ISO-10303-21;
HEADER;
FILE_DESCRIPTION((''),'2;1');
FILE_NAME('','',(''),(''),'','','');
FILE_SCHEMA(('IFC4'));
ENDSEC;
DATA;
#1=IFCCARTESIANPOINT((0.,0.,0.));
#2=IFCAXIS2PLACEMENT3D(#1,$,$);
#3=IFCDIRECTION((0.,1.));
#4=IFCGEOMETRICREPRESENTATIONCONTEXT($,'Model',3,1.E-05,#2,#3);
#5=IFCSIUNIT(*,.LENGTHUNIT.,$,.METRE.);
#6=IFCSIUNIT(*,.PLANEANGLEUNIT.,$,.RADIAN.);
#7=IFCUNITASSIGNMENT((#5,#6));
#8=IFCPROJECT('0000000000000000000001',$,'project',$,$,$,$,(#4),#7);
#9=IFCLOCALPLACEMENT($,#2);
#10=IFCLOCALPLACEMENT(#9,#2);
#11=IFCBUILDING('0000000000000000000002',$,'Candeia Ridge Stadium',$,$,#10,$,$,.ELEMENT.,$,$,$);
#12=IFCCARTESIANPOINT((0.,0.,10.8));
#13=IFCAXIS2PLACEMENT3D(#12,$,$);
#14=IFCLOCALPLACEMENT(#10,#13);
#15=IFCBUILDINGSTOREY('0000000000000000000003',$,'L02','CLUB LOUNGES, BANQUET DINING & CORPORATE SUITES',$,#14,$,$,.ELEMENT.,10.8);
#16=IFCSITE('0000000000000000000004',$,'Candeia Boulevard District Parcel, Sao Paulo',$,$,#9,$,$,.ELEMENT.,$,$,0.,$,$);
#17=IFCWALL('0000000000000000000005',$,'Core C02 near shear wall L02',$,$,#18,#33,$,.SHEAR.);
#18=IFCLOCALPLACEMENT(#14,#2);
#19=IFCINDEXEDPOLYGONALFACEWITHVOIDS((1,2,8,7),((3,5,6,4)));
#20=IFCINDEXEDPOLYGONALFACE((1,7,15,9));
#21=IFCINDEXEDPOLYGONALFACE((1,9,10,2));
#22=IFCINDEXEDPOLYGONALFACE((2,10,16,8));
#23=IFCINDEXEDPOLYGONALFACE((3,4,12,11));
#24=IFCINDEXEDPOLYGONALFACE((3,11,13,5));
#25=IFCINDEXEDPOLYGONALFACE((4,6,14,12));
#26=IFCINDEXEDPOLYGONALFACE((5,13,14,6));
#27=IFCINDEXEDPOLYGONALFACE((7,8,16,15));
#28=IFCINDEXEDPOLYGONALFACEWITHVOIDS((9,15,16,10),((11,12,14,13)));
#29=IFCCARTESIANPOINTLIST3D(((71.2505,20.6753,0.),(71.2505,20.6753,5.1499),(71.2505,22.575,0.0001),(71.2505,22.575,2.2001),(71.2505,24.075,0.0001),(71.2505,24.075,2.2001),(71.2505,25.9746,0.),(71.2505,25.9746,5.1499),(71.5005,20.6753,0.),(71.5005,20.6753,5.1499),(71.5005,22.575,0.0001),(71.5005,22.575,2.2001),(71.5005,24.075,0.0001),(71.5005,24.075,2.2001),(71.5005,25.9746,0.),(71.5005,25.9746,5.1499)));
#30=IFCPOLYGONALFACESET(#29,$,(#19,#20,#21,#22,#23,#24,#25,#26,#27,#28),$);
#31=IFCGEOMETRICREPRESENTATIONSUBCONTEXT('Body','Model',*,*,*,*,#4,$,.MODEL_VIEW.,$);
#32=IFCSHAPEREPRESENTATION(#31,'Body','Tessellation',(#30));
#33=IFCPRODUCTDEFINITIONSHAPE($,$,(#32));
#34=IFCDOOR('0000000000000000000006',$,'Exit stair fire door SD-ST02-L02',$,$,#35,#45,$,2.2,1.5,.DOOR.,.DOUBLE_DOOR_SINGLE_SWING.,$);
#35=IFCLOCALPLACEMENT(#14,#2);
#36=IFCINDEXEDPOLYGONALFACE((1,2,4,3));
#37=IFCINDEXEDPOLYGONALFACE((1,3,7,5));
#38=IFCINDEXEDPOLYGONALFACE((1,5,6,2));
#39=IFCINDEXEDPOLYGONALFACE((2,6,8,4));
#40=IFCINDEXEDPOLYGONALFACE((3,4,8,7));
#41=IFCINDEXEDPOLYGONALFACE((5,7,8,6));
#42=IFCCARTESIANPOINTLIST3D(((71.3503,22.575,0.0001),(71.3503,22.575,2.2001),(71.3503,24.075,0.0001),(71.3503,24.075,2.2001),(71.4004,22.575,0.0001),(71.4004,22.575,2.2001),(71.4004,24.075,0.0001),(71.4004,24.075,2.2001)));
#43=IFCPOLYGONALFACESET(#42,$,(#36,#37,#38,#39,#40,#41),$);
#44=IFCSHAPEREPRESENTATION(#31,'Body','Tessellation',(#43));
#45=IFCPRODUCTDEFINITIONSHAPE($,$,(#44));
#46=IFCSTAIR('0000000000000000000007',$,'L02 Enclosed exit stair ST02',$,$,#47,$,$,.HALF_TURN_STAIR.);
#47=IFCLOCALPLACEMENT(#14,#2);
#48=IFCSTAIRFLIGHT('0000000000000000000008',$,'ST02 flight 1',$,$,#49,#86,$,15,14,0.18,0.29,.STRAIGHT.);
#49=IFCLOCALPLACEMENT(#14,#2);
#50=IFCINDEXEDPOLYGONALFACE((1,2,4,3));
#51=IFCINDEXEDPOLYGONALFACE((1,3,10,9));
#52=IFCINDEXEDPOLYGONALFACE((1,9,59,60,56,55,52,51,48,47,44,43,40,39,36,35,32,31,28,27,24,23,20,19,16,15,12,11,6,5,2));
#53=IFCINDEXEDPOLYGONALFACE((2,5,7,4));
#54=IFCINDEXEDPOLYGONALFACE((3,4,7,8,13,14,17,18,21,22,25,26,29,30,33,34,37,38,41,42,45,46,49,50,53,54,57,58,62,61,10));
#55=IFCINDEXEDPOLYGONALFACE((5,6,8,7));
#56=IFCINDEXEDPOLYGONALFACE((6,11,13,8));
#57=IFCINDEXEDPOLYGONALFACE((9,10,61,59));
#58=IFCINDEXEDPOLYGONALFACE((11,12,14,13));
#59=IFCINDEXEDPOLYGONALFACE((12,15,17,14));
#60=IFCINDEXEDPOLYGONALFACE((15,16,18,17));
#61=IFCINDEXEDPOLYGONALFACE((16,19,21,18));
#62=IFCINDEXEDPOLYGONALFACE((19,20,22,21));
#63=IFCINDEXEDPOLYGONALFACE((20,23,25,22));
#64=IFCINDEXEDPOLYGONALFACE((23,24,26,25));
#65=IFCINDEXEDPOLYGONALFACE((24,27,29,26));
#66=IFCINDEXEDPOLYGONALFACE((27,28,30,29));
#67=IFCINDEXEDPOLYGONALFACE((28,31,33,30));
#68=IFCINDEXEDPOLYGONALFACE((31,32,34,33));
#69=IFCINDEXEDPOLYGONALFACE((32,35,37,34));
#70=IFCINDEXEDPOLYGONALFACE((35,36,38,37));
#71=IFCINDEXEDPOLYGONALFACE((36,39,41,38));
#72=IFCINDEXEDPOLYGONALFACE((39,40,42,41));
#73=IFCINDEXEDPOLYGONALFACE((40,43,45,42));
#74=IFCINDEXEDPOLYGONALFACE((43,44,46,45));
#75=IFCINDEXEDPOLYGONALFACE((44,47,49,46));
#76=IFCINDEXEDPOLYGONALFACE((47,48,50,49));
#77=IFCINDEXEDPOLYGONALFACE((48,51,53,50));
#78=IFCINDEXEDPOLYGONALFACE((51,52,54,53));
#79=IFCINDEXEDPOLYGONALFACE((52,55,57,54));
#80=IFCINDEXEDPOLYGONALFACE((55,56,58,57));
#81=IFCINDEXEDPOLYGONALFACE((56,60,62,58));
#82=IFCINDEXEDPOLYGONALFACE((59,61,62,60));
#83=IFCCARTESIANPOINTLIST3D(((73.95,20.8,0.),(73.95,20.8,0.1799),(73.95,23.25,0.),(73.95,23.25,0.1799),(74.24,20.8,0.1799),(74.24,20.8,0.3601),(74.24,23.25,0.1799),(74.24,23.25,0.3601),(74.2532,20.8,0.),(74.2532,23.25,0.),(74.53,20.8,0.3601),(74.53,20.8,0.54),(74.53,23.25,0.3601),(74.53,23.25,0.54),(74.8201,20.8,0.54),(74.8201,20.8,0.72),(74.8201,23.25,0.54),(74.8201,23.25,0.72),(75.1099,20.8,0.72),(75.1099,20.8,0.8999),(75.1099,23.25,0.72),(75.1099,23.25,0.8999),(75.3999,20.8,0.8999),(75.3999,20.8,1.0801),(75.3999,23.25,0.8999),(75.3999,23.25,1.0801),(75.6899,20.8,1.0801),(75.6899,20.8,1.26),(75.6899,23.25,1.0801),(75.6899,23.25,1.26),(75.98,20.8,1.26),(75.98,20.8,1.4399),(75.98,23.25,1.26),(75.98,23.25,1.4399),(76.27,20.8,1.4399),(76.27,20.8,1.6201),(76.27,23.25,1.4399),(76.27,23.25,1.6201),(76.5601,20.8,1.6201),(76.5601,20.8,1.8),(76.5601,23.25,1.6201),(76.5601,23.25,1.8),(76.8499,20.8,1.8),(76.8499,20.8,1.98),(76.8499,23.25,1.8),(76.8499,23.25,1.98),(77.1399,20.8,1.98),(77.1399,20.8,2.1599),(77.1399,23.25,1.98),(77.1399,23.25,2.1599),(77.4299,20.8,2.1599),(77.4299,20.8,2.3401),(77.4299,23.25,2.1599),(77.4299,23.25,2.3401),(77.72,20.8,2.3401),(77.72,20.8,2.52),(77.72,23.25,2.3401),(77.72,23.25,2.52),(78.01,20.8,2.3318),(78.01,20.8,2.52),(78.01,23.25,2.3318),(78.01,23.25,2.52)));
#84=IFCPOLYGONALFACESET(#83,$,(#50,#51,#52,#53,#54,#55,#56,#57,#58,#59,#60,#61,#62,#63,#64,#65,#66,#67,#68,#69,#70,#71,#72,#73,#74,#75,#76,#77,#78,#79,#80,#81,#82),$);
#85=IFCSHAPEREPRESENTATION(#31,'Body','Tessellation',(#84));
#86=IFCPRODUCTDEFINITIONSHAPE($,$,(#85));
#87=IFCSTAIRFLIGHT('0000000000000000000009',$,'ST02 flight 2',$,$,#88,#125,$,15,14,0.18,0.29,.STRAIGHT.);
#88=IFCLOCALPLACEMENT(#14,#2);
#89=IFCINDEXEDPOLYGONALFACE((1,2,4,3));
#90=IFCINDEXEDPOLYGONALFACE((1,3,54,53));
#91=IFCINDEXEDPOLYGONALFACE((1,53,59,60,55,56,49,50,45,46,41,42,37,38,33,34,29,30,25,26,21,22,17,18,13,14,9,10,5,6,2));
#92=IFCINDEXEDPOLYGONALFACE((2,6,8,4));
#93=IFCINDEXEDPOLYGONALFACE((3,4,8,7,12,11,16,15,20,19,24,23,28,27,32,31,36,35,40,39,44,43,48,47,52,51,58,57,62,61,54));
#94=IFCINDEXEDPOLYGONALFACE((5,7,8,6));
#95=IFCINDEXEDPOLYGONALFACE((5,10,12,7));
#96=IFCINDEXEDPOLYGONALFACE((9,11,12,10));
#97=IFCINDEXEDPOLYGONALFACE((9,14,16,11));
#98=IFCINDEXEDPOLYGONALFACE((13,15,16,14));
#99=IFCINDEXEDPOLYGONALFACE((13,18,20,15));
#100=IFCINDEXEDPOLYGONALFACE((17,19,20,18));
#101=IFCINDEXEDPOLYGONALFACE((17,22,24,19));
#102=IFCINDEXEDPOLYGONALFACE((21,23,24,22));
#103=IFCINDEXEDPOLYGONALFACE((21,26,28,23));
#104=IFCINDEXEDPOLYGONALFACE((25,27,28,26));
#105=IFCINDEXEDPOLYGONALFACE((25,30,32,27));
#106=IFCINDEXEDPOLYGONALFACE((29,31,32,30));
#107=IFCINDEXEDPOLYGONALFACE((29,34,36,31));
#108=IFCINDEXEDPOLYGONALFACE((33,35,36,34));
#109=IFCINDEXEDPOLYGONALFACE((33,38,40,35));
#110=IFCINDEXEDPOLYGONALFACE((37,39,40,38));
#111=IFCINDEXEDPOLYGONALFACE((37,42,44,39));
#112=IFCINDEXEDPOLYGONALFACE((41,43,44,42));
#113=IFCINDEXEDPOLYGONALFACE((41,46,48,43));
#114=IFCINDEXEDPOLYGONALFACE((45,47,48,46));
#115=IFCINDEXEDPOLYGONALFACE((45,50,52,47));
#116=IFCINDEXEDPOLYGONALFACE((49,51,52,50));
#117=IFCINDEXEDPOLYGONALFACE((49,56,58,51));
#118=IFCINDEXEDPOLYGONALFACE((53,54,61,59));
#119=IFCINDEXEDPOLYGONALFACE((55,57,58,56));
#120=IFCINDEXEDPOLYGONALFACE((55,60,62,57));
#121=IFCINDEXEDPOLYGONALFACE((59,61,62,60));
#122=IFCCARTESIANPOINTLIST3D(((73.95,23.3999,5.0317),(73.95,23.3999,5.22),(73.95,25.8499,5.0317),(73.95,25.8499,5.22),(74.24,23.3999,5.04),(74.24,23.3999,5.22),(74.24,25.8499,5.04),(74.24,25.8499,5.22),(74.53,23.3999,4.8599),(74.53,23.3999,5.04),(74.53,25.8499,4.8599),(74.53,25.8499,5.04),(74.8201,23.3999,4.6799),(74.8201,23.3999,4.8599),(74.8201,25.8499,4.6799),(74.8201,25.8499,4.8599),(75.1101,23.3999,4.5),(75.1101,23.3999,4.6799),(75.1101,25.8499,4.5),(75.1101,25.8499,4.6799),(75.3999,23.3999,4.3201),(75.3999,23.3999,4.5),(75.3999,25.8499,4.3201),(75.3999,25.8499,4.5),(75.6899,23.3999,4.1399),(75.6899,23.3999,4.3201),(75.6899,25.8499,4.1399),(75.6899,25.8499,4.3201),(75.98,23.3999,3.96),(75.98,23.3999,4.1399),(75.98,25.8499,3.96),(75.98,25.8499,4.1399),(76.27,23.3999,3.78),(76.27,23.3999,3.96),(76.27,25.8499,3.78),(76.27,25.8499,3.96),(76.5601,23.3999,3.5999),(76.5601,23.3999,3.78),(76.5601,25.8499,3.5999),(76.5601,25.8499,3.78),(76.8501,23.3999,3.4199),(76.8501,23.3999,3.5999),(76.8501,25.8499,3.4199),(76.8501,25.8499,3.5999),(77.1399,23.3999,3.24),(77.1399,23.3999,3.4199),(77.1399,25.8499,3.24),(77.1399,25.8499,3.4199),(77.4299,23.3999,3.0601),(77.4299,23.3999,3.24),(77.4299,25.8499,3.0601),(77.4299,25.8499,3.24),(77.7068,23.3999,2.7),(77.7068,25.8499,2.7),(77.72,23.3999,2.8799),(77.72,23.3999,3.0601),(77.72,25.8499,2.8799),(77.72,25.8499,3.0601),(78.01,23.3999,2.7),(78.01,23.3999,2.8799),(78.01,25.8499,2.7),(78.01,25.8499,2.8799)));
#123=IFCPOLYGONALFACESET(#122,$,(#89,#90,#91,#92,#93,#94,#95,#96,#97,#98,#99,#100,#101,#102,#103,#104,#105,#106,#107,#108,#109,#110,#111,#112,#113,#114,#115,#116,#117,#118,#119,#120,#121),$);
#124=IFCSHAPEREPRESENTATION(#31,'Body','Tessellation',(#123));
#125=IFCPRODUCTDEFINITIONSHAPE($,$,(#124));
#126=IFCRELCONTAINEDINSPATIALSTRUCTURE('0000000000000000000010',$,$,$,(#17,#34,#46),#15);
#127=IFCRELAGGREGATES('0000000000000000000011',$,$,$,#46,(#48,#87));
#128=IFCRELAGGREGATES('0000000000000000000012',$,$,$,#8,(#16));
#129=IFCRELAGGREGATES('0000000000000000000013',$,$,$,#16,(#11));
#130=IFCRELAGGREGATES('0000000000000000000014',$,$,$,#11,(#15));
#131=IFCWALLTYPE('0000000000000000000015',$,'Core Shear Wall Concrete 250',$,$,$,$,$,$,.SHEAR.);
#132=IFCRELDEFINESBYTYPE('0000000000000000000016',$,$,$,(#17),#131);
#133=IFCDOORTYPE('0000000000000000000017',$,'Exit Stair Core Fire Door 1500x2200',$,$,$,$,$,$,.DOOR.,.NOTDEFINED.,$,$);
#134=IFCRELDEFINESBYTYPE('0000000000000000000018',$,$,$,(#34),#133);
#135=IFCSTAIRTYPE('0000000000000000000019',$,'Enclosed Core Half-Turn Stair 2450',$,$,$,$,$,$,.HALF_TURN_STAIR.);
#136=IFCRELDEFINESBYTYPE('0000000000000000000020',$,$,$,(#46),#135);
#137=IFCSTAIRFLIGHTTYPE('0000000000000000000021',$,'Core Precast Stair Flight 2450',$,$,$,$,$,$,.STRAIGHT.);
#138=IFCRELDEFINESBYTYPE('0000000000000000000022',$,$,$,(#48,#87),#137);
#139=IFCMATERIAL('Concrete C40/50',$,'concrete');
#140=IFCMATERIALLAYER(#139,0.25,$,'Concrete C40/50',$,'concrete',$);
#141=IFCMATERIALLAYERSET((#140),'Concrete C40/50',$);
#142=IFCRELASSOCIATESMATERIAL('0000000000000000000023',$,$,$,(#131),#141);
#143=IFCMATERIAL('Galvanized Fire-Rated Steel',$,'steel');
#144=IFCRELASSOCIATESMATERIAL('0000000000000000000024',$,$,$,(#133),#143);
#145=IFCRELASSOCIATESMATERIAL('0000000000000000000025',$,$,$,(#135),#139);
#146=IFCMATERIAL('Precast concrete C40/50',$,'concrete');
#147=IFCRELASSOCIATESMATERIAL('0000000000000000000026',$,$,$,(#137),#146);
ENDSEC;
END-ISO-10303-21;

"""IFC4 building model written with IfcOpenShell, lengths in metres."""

from ifc_helpers import new_model, si_unit, direction, frame, frame_2d, origin, place, context, subcontext, project, spatial, polyline, rectangle, outline, extrude, material, layer, layer_set, type_object, element, fill, aggregate, save


model = new_model("IFC4")

# Units and contexts
model_context = context("Model", 3, precision=1e-05, world=origin(), true_north=direction((0.0, 1.0)))
body_context = subcontext(model_context, "Body", "Model", "MODEL_VIEW")
ifc_project = project(units=[si_unit("LENGTHUNIT", "METRE"), si_unit("PLANEANGLEUNIT", "RADIAN")], contexts=[model_context])

# Site, building, storey
site_placement = place(None, origin())
site = spatial("IfcSite", under=ifc_project, at=site_placement, Name="Candeia Boulevard District Parcel, Sao Paulo", CompositionType="ELEMENT", RefElevation=0.0)
building_placement = place(site_placement, origin())
building = spatial("IfcBuilding", under=site, at=building_placement, Name="Candeia Ridge Stadium", CompositionType="ELEMENT")
storey_placement = place(building_placement, frame((0.0, 0.0, 10.8)))
storey = spatial("IfcBuildingStorey", under=building, at=storey_placement, Name="L02", Description="CLUB LOUNGES, BANQUET DINING & CORPORATE SUITES", CompositionType="ELEMENT", Elevation=10.8)

# Shared definitions
ifc_material_1 = material(Name="Concrete C40/50", Category="concrete")

# Shared definitions
ifc_layer_1 = layer(ifc_material_1, 0.25, Name="Concrete C40/50", Category="concrete")
ifc_layer_set_1 = layer_set([ifc_layer_1], Name="Concrete C40/50")
wall_type = type_object("IfcWallType", Name="Core Shear Wall Concrete 250", PredefinedType="SHEAR", material=ifc_layer_set_1)

# Wall, opening, door
wall_1_placement = place(storey_placement, frame((71.3755, 25.9746, 0.0), z_axis=(0.0, 0.0, 1.0), x_axis=(0.0, -1.0, 0.0)))
wall_1 = element("IfcWall", 1, at=wall_1_placement, inside=storey, type_object=wall_type, Name="Core C02 near shear wall L02", PredefinedType="SHEAR", context=body_context, shape_type="SweptSolid", body=[
    extrude(rectangle(XDim=5.2993, YDim=0.25, at=frame_2d((2.6497, 0.0))), origin(), (0.0, 0.0, 1.0), 5.1499),
])
opening_placement = place(wall_1_placement, frame((1.8997, 0.0, 0.0)))
opening = element("IfcOpeningElement", 2, at=opening_placement, cuts=wall_1, PredefinedType="OPENING", context=body_context, shape_type="SweptSolid", body=[
    extrude(rectangle(XDim=1.5, YDim=2.2, at=frame_2d((0.75, 1.1001))), frame((0.0, 0.135, 0.0), z_axis=(0.0, -1.0, 0.0), x_axis=(1.0, 0.0, 0.0)), (0.0, 0.0, 1.0), 0.27),
])
ifc_material_2 = material(Name="Galvanized Fire-Rated Steel", Category="steel")
door_type = type_object("IfcDoorType", Name="Exit Stair Core Fire Door 1500x2200", OperationType="NOTDEFINED", PredefinedType="DOOR", material=ifc_material_2)
door_placement = place(opening_placement, origin())
door = element("IfcDoor", 3, at=door_placement, inside=storey, type_object=door_type, Name="Exit stair fire door SD-ST02-L02", OperationType="DOUBLE_DOOR_SINGLE_SWING", OverallHeight=2.2, OverallWidth=1.5, PredefinedType="DOOR", context=body_context, shape_type="SweptSolid", body=[
    extrude(rectangle(XDim=1.5, YDim=2.2, at=frame_2d((0.75, 1.1001))), frame((0.0, 0.0249, 0.0), z_axis=(0.0, -1.0, 0.0), x_axis=(1.0, 0.0, 0.0)), (0.0, 0.0, 1.0), 0.05),
])
fill(opening, door)

# Stair, stair flights
stair_type = type_object("IfcStairType", Name="Enclosed Core Half-Turn Stair 2450", PredefinedType="HALF_TURN_STAIR", material=ifc_material_1)
stair_placement = place(storey_placement, origin())
stair = element("IfcStair", 4, at=stair_placement, inside=storey, type_object=stair_type, Name="L02 Enclosed exit stair ST02", PredefinedType="HALF_TURN_STAIR")
ifc_material_3 = material(Name="Precast concrete C40/50", Category="concrete")
stair_flight_type = type_object("IfcStairFlightType", Name="Core Precast Stair Flight 2450", PredefinedType="STRAIGHT", material=ifc_material_3)
stair_flight_1_placement = place(storey_placement, frame((73.95, 22.0249, 0.0), z_axis=(0.0, 0.0, 1.0), x_axis=(1.0, 0.0, 0.0)))
stair_flight_1 = element("IfcStairFlight", 5, at=stair_flight_1_placement, type_object=stair_flight_type, Name="ST02 flight 1", NumberOfRisers=15, NumberOfTreads=14, PredefinedType="STRAIGHT", RiserHeight=0.18, TreadLength=0.29, context=body_context, shape_type="SweptSolid", body=[
    extrude(outline(polyline([(0.0, 0.0), (0.0, 0.1799), (0.29, 0.1799), (0.29, 0.3601), (0.5801, 0.3601), (0.5801, 0.54), (0.8701, 0.54), (0.8701, 0.72), (1.1599, 0.72), (1.1599, 0.8999), (1.45, 0.8999), (1.45, 1.0801), (1.74, 1.0801), (1.74, 1.26), (2.03, 1.26), (2.03, 1.4399), (2.3201, 1.4399), (2.3201, 1.6201), (2.6101, 1.6201), (2.6101, 1.8), (2.8999, 1.8), (2.8999, 1.98), (3.1899, 1.98), (3.1899, 2.1599), (3.48, 2.1599), (3.48, 2.3401), (3.77, 2.3401), (3.77, 2.52), (4.0601, 2.52), (4.0601, 2.7), (4.0601, 2.3318), (0.3032, 0.0), (0.0, 0.0)])), frame((0.0, 1.2251, 0.0), z_axis=(0.0, -1.0, 0.0), x_axis=(1.0, 0.0, 0.0)), (0.0, 0.0, 1.0), 2.45),
])
stair_flight_2_placement = place(storey_placement, frame((78.01, 24.625, 2.7), z_axis=(0.0, 0.0, 1.0), x_axis=(-1.0, 0.0, 0.0)))
stair_flight_2 = element("IfcStairFlight", 6, at=stair_flight_2_placement, type_object=stair_flight_type, Name="ST02 flight 2", NumberOfRisers=15, NumberOfTreads=14, PredefinedType="STRAIGHT", RiserHeight=0.18, TreadLength=0.29, context=body_context, shape_type="SweptSolid", body=[
    extrude(outline(polyline([(0.0, 0.0), (0.0, 0.1799), (0.29, 0.1799), (0.29, 0.3601), (0.5801, 0.3601), (0.5801, 0.54), (0.8701, 0.54), (0.8701, 0.72), (1.1599, 0.72), (1.1599, 0.8999), (1.45, 0.8999), (1.45, 1.0801), (1.74, 1.0801), (1.74, 1.26), (2.03, 1.26), (2.03, 1.4399), (2.3201, 1.4399), (2.3201, 1.6201), (2.6101, 1.6201), (2.6101, 1.8), (2.8999, 1.8), (2.8999, 1.98), (3.1899, 1.98), (3.1899, 2.1599), (3.48, 2.1599), (3.48, 2.3401), (3.77, 2.3401), (3.77, 2.52), (4.0601, 2.52), (4.0601, 2.7), (4.0601, 2.3318), (0.3032, 0.0), (0.0, 0.0)])), frame((0.0, 1.2251, 0.0), z_axis=(0.0, -1.0, 0.0), x_axis=(1.0, 0.0, 0.0)), (0.0, 0.0, 1.0), 2.45),
])
aggregate(stair, [stair_flight_1, stair_flight_2])

save(model, "model.ifc")
